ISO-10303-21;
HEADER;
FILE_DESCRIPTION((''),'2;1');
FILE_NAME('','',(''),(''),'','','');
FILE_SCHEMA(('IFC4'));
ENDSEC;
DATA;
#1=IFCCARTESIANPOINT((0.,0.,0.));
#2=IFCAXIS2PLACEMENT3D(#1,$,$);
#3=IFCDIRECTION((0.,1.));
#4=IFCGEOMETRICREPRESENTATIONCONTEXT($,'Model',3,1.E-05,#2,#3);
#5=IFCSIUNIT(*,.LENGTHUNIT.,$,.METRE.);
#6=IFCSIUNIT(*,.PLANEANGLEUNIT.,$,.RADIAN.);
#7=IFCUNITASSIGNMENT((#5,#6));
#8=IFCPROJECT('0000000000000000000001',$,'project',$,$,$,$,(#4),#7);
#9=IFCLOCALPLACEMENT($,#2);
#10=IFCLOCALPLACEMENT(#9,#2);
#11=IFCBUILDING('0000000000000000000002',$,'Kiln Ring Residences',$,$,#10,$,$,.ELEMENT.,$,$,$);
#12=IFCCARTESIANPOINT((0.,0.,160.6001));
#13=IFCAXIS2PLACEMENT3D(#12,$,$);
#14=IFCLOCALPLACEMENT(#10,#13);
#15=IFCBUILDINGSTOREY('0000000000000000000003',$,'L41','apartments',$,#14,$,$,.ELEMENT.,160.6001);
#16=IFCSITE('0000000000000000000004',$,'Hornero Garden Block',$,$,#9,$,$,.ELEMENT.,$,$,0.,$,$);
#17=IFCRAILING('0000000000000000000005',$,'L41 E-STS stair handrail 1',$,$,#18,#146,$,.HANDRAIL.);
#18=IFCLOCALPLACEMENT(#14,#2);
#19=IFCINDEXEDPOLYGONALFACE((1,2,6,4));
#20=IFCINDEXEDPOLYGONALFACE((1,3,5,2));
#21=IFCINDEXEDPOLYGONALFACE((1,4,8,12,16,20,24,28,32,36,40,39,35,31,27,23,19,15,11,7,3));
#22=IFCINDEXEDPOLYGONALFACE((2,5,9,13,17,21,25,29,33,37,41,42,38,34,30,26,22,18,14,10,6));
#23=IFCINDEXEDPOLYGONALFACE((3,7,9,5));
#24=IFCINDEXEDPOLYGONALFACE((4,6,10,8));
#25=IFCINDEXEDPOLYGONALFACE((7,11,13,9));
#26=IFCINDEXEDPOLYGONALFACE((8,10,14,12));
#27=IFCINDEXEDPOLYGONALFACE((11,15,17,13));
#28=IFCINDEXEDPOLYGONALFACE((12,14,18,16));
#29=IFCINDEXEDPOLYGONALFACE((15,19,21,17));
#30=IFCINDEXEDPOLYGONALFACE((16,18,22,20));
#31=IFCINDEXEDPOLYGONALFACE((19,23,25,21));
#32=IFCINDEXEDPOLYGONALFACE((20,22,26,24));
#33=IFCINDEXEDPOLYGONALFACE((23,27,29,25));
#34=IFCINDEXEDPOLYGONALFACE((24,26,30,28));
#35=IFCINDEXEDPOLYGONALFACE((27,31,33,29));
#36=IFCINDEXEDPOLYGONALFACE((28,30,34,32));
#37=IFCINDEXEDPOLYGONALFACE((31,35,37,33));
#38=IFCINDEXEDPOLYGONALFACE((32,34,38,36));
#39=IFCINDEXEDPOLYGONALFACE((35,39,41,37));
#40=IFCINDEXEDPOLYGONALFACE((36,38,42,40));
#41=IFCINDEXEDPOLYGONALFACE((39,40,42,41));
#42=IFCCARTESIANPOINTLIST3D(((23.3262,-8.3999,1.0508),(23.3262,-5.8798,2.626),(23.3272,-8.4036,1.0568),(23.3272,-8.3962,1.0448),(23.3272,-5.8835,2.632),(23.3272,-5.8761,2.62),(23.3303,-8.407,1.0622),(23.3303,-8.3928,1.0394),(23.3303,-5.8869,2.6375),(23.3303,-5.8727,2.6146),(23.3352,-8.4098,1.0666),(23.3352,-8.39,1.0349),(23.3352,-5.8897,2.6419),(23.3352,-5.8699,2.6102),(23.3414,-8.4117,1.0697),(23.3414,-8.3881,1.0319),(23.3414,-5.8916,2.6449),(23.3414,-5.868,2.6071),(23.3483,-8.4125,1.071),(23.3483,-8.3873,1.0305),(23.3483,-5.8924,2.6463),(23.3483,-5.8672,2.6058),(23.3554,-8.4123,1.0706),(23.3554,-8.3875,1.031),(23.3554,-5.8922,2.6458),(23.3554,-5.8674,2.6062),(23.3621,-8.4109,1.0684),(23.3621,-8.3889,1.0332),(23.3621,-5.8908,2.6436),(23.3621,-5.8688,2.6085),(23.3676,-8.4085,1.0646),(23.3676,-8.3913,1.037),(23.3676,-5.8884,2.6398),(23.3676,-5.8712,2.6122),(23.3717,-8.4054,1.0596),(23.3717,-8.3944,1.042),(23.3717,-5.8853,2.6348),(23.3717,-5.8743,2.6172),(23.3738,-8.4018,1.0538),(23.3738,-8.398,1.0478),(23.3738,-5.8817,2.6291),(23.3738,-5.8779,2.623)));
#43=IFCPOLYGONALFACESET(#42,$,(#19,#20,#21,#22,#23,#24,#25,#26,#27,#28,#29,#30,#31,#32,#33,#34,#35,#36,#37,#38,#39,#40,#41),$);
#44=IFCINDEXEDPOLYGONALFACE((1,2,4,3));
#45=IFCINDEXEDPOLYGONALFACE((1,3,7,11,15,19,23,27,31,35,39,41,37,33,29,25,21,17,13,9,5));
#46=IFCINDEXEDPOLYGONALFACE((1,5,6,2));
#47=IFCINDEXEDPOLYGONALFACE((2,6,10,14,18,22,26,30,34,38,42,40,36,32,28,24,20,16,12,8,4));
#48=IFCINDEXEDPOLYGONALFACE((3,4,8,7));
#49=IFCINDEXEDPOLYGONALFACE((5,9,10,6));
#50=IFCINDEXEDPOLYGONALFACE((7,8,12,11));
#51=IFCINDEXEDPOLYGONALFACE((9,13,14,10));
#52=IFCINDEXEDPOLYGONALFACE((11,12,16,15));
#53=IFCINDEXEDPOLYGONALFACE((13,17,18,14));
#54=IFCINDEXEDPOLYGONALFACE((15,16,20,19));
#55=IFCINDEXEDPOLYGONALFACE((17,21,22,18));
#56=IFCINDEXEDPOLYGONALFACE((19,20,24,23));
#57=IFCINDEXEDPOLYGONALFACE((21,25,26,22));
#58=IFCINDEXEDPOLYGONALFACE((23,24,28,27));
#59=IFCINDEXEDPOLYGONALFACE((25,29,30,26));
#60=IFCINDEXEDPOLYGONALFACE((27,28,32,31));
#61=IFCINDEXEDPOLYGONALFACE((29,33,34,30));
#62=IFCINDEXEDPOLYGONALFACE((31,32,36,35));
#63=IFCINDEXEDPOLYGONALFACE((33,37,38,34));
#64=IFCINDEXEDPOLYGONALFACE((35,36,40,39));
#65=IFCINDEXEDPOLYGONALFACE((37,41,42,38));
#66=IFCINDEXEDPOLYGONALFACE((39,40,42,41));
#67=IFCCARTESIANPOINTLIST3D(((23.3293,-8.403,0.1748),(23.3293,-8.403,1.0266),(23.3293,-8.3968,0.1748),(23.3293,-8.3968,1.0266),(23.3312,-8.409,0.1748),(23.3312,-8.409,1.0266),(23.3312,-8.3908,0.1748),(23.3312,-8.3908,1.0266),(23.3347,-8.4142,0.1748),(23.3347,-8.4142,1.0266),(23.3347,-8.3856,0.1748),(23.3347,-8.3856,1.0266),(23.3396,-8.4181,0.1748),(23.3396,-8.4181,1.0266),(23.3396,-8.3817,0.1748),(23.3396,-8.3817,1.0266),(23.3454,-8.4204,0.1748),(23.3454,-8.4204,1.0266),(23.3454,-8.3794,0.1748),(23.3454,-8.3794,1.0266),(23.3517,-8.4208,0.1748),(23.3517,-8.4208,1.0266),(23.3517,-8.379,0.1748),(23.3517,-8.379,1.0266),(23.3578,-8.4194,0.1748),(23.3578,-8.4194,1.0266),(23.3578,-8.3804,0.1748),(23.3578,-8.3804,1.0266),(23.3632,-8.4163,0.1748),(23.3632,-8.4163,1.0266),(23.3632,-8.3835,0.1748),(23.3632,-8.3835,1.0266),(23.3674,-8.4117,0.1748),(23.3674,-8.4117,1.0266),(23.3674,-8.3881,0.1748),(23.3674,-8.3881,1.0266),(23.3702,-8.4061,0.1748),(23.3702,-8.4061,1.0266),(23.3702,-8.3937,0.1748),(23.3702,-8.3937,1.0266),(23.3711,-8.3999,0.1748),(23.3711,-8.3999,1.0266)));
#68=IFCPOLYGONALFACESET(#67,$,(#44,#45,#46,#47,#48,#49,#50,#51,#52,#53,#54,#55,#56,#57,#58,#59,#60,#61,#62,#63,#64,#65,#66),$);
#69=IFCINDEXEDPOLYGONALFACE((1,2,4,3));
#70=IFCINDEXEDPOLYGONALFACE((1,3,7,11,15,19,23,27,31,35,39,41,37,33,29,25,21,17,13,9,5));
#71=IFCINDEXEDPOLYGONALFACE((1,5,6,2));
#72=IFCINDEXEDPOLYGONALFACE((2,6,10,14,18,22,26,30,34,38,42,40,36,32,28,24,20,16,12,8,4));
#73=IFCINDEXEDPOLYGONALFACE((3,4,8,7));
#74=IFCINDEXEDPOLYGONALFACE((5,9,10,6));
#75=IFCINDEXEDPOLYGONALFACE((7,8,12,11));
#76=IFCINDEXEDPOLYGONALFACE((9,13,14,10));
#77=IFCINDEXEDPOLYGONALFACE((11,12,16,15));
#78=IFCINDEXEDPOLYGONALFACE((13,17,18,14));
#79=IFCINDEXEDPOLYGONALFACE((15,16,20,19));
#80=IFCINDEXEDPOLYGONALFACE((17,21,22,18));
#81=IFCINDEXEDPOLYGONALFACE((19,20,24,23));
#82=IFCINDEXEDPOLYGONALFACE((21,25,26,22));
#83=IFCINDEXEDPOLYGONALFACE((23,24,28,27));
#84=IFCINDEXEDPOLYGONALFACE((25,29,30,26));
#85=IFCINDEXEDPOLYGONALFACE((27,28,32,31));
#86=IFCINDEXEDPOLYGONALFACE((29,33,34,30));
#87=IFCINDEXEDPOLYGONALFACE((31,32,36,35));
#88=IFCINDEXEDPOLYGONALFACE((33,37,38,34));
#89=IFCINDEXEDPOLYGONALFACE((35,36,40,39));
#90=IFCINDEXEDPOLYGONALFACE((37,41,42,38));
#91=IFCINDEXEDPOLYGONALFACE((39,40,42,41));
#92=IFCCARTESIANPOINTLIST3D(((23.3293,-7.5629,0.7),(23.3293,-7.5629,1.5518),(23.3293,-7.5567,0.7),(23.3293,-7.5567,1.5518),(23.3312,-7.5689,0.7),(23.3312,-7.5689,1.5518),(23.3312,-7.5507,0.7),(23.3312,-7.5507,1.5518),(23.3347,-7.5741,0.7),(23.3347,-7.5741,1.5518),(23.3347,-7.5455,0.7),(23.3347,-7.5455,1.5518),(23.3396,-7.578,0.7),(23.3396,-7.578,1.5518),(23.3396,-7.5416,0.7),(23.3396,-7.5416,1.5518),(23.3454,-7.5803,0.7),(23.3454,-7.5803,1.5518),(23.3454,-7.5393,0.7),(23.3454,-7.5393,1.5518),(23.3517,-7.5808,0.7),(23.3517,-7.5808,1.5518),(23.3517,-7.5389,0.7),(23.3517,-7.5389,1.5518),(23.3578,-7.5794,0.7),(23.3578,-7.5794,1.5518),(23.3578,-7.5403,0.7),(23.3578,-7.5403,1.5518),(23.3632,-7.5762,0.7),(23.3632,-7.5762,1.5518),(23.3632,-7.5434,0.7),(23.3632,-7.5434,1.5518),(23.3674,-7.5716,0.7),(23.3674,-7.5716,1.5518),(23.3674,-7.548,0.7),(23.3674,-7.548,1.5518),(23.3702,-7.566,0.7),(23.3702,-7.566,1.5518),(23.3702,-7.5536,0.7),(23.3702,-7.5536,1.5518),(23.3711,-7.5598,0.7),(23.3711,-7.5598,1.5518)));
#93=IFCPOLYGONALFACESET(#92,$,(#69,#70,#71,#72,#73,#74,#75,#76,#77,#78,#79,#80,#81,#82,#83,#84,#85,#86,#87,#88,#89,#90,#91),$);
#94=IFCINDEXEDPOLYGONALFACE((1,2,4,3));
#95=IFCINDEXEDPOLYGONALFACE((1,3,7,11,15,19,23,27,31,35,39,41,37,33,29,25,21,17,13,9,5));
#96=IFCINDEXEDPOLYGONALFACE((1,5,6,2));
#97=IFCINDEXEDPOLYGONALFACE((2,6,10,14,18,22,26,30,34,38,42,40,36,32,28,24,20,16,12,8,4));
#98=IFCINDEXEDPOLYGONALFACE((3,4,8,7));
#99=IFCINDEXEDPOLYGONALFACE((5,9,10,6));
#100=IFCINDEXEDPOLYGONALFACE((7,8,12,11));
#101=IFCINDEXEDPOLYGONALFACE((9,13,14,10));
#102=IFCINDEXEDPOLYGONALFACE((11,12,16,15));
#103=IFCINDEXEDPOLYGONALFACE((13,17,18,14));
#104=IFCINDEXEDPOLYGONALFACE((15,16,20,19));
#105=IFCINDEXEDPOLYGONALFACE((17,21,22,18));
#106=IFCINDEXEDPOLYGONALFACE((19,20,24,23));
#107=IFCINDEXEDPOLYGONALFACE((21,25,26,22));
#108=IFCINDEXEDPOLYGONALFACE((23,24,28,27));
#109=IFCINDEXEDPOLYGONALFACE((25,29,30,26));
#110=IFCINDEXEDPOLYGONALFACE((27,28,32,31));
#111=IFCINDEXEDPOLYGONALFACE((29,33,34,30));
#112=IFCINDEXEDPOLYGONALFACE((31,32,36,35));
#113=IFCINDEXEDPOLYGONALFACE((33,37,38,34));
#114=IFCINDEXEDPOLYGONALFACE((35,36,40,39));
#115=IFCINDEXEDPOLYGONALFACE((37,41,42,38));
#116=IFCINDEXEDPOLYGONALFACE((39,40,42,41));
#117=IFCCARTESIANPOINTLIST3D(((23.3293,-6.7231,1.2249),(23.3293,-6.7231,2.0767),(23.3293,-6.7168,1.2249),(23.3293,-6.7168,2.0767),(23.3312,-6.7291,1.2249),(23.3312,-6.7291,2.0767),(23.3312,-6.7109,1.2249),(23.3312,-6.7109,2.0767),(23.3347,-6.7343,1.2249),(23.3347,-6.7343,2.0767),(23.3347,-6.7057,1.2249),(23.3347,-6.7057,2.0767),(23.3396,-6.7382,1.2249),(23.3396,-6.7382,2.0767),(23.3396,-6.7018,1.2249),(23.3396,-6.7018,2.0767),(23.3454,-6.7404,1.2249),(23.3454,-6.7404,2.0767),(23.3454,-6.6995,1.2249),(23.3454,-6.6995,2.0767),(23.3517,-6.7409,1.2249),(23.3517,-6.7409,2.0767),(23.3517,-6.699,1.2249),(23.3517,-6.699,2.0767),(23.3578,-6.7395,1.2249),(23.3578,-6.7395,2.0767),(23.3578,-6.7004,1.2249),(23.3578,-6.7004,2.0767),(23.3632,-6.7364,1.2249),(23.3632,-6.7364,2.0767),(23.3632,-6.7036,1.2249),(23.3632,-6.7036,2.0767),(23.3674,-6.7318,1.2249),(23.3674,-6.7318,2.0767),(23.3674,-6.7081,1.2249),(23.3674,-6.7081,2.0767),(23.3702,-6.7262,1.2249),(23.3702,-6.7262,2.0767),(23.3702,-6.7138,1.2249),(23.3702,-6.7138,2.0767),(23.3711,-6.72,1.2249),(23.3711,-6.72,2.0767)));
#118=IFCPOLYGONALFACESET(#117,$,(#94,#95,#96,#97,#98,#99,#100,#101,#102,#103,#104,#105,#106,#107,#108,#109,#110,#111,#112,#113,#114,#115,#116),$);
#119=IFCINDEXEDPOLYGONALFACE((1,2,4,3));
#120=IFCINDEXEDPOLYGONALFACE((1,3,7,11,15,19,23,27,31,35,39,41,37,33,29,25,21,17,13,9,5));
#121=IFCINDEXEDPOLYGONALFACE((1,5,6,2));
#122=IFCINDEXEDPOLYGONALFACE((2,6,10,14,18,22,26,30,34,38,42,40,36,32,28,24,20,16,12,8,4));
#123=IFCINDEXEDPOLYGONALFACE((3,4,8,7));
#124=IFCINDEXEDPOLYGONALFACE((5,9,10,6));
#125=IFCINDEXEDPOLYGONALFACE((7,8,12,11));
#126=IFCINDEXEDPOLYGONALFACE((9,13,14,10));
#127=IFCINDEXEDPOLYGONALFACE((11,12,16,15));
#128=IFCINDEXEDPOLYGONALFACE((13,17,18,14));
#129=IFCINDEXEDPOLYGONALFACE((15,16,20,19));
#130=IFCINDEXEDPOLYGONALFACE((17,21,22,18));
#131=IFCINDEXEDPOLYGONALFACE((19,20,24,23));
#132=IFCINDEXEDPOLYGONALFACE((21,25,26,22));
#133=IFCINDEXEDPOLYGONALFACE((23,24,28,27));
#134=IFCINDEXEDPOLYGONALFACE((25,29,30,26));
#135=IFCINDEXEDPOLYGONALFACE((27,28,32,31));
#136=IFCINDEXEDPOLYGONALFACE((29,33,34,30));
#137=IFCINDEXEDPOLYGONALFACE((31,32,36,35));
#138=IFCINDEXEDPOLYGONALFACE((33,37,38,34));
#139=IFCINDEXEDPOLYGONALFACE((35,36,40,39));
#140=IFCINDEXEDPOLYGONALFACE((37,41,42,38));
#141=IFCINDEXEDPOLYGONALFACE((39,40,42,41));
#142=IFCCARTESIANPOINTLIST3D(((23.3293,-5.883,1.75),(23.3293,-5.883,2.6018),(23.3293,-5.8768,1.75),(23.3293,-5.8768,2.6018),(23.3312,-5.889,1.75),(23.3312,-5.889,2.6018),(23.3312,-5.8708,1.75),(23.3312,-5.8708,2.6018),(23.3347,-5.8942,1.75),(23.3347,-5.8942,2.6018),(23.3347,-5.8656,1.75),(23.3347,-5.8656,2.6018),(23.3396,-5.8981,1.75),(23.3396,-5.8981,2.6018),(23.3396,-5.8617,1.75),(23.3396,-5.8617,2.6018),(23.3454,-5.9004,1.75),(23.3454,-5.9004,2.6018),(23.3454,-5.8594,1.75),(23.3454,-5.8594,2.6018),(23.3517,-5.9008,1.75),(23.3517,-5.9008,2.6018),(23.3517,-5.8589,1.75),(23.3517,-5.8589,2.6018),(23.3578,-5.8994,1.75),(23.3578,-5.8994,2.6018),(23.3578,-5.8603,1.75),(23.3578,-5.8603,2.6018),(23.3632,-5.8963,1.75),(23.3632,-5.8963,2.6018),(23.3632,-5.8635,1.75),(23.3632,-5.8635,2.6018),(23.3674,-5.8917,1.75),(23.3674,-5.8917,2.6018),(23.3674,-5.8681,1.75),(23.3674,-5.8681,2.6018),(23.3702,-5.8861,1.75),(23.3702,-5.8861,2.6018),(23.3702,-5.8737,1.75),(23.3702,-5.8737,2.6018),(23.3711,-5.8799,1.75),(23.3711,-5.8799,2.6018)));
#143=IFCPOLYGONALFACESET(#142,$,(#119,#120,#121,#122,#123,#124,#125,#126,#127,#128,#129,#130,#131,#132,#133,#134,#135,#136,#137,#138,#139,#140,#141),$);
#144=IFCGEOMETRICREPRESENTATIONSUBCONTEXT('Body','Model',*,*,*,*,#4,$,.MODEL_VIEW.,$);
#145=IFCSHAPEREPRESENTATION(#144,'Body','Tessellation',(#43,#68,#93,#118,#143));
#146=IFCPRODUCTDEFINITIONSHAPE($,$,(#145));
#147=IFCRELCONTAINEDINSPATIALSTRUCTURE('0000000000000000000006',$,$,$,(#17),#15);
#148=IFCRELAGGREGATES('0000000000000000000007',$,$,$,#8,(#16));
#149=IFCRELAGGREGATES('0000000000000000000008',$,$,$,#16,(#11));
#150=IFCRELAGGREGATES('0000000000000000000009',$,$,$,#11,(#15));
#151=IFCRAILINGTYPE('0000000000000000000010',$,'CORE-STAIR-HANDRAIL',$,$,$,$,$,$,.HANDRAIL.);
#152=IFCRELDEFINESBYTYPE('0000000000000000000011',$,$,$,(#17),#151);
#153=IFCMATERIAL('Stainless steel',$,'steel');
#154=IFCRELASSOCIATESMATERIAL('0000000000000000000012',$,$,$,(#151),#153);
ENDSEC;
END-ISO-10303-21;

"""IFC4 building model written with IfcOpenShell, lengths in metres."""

from ifc_helpers import new_model, si_unit, direction, frame, origin, origin_2d, place, context, subcontext, project, spatial, circle, extrude, material, type_object, element, save


model = new_model("IFC4")

# Units and contexts
model_context = context("Model", 3, precision=1e-05, world=origin(), true_north=direction((0.0, 1.0)))
body_context = subcontext(model_context, "Body", "Model", "MODEL_VIEW")
ifc_project = project(units=[si_unit("LENGTHUNIT", "METRE"), si_unit("PLANEANGLEUNIT", "RADIAN")], contexts=[model_context])

# Site, building, storey
site_placement = place(None, origin())
site = spatial("IfcSite", under=ifc_project, at=site_placement, Name="Hornero Garden Block", CompositionType="ELEMENT", RefElevation=0.0)
building_placement = place(site_placement, origin())
building = spatial("IfcBuilding", under=site, at=building_placement, Name="Kiln Ring Residences", CompositionType="ELEMENT")
storey_placement = place(building_placement, frame((0.0, 0.0, 160.6001)))
storey = spatial("IfcBuildingStorey", under=building, at=storey_placement, Name="L41", Description="apartments", CompositionType="ELEMENT", Elevation=160.6001)

# Railing
ifc_material_1 = material(Name="Stainless steel", Category="steel")
railing_type_1 = type_object("IfcRailingType", Name="CORE-STAIR-HANDRAIL", PredefinedType="HANDRAIL", material=ifc_material_1)
railing_1_placement = place(storey_placement, frame((23.3501, -8.3999, 0.1748)))
element("IfcRailing", 1, at=railing_1_placement, inside=storey, type_object=railing_type_1, Name="L41 E-STS stair handrail 1", PredefinedType="HANDRAIL", context=body_context, shape_type="SweptSolid", body=[
    extrude(circle(Radius=0.0239, at=origin_2d()), frame((0.0, 0.0, 0.876), z_axis=(0.0, 0.847971, 0.530043), x_axis=(-1.0, 0.0, 0.0)), (0.0, 0.0, 1.0), 2.9719),
    extrude(circle(Radius=0.021, at=origin_2d()), origin(), (0.0, 0.0, 1.0), 0.8518),
    extrude(circle(Radius=0.021, at=origin_2d()), frame((0.0, 0.8401, 0.5251)), (0.0, 0.0, 1.0), 0.8518),
    extrude(circle(Radius=0.021, at=origin_2d()), frame((0.0, 1.6799, 1.05)), (0.0, 0.0, 1.0), 0.8518),
    extrude(circle(Radius=0.021, at=origin_2d()), frame((0.0, 2.52, 1.5752)), (0.0, 0.0, 1.0), 0.8518),
])

save(model, "model.ifc")
